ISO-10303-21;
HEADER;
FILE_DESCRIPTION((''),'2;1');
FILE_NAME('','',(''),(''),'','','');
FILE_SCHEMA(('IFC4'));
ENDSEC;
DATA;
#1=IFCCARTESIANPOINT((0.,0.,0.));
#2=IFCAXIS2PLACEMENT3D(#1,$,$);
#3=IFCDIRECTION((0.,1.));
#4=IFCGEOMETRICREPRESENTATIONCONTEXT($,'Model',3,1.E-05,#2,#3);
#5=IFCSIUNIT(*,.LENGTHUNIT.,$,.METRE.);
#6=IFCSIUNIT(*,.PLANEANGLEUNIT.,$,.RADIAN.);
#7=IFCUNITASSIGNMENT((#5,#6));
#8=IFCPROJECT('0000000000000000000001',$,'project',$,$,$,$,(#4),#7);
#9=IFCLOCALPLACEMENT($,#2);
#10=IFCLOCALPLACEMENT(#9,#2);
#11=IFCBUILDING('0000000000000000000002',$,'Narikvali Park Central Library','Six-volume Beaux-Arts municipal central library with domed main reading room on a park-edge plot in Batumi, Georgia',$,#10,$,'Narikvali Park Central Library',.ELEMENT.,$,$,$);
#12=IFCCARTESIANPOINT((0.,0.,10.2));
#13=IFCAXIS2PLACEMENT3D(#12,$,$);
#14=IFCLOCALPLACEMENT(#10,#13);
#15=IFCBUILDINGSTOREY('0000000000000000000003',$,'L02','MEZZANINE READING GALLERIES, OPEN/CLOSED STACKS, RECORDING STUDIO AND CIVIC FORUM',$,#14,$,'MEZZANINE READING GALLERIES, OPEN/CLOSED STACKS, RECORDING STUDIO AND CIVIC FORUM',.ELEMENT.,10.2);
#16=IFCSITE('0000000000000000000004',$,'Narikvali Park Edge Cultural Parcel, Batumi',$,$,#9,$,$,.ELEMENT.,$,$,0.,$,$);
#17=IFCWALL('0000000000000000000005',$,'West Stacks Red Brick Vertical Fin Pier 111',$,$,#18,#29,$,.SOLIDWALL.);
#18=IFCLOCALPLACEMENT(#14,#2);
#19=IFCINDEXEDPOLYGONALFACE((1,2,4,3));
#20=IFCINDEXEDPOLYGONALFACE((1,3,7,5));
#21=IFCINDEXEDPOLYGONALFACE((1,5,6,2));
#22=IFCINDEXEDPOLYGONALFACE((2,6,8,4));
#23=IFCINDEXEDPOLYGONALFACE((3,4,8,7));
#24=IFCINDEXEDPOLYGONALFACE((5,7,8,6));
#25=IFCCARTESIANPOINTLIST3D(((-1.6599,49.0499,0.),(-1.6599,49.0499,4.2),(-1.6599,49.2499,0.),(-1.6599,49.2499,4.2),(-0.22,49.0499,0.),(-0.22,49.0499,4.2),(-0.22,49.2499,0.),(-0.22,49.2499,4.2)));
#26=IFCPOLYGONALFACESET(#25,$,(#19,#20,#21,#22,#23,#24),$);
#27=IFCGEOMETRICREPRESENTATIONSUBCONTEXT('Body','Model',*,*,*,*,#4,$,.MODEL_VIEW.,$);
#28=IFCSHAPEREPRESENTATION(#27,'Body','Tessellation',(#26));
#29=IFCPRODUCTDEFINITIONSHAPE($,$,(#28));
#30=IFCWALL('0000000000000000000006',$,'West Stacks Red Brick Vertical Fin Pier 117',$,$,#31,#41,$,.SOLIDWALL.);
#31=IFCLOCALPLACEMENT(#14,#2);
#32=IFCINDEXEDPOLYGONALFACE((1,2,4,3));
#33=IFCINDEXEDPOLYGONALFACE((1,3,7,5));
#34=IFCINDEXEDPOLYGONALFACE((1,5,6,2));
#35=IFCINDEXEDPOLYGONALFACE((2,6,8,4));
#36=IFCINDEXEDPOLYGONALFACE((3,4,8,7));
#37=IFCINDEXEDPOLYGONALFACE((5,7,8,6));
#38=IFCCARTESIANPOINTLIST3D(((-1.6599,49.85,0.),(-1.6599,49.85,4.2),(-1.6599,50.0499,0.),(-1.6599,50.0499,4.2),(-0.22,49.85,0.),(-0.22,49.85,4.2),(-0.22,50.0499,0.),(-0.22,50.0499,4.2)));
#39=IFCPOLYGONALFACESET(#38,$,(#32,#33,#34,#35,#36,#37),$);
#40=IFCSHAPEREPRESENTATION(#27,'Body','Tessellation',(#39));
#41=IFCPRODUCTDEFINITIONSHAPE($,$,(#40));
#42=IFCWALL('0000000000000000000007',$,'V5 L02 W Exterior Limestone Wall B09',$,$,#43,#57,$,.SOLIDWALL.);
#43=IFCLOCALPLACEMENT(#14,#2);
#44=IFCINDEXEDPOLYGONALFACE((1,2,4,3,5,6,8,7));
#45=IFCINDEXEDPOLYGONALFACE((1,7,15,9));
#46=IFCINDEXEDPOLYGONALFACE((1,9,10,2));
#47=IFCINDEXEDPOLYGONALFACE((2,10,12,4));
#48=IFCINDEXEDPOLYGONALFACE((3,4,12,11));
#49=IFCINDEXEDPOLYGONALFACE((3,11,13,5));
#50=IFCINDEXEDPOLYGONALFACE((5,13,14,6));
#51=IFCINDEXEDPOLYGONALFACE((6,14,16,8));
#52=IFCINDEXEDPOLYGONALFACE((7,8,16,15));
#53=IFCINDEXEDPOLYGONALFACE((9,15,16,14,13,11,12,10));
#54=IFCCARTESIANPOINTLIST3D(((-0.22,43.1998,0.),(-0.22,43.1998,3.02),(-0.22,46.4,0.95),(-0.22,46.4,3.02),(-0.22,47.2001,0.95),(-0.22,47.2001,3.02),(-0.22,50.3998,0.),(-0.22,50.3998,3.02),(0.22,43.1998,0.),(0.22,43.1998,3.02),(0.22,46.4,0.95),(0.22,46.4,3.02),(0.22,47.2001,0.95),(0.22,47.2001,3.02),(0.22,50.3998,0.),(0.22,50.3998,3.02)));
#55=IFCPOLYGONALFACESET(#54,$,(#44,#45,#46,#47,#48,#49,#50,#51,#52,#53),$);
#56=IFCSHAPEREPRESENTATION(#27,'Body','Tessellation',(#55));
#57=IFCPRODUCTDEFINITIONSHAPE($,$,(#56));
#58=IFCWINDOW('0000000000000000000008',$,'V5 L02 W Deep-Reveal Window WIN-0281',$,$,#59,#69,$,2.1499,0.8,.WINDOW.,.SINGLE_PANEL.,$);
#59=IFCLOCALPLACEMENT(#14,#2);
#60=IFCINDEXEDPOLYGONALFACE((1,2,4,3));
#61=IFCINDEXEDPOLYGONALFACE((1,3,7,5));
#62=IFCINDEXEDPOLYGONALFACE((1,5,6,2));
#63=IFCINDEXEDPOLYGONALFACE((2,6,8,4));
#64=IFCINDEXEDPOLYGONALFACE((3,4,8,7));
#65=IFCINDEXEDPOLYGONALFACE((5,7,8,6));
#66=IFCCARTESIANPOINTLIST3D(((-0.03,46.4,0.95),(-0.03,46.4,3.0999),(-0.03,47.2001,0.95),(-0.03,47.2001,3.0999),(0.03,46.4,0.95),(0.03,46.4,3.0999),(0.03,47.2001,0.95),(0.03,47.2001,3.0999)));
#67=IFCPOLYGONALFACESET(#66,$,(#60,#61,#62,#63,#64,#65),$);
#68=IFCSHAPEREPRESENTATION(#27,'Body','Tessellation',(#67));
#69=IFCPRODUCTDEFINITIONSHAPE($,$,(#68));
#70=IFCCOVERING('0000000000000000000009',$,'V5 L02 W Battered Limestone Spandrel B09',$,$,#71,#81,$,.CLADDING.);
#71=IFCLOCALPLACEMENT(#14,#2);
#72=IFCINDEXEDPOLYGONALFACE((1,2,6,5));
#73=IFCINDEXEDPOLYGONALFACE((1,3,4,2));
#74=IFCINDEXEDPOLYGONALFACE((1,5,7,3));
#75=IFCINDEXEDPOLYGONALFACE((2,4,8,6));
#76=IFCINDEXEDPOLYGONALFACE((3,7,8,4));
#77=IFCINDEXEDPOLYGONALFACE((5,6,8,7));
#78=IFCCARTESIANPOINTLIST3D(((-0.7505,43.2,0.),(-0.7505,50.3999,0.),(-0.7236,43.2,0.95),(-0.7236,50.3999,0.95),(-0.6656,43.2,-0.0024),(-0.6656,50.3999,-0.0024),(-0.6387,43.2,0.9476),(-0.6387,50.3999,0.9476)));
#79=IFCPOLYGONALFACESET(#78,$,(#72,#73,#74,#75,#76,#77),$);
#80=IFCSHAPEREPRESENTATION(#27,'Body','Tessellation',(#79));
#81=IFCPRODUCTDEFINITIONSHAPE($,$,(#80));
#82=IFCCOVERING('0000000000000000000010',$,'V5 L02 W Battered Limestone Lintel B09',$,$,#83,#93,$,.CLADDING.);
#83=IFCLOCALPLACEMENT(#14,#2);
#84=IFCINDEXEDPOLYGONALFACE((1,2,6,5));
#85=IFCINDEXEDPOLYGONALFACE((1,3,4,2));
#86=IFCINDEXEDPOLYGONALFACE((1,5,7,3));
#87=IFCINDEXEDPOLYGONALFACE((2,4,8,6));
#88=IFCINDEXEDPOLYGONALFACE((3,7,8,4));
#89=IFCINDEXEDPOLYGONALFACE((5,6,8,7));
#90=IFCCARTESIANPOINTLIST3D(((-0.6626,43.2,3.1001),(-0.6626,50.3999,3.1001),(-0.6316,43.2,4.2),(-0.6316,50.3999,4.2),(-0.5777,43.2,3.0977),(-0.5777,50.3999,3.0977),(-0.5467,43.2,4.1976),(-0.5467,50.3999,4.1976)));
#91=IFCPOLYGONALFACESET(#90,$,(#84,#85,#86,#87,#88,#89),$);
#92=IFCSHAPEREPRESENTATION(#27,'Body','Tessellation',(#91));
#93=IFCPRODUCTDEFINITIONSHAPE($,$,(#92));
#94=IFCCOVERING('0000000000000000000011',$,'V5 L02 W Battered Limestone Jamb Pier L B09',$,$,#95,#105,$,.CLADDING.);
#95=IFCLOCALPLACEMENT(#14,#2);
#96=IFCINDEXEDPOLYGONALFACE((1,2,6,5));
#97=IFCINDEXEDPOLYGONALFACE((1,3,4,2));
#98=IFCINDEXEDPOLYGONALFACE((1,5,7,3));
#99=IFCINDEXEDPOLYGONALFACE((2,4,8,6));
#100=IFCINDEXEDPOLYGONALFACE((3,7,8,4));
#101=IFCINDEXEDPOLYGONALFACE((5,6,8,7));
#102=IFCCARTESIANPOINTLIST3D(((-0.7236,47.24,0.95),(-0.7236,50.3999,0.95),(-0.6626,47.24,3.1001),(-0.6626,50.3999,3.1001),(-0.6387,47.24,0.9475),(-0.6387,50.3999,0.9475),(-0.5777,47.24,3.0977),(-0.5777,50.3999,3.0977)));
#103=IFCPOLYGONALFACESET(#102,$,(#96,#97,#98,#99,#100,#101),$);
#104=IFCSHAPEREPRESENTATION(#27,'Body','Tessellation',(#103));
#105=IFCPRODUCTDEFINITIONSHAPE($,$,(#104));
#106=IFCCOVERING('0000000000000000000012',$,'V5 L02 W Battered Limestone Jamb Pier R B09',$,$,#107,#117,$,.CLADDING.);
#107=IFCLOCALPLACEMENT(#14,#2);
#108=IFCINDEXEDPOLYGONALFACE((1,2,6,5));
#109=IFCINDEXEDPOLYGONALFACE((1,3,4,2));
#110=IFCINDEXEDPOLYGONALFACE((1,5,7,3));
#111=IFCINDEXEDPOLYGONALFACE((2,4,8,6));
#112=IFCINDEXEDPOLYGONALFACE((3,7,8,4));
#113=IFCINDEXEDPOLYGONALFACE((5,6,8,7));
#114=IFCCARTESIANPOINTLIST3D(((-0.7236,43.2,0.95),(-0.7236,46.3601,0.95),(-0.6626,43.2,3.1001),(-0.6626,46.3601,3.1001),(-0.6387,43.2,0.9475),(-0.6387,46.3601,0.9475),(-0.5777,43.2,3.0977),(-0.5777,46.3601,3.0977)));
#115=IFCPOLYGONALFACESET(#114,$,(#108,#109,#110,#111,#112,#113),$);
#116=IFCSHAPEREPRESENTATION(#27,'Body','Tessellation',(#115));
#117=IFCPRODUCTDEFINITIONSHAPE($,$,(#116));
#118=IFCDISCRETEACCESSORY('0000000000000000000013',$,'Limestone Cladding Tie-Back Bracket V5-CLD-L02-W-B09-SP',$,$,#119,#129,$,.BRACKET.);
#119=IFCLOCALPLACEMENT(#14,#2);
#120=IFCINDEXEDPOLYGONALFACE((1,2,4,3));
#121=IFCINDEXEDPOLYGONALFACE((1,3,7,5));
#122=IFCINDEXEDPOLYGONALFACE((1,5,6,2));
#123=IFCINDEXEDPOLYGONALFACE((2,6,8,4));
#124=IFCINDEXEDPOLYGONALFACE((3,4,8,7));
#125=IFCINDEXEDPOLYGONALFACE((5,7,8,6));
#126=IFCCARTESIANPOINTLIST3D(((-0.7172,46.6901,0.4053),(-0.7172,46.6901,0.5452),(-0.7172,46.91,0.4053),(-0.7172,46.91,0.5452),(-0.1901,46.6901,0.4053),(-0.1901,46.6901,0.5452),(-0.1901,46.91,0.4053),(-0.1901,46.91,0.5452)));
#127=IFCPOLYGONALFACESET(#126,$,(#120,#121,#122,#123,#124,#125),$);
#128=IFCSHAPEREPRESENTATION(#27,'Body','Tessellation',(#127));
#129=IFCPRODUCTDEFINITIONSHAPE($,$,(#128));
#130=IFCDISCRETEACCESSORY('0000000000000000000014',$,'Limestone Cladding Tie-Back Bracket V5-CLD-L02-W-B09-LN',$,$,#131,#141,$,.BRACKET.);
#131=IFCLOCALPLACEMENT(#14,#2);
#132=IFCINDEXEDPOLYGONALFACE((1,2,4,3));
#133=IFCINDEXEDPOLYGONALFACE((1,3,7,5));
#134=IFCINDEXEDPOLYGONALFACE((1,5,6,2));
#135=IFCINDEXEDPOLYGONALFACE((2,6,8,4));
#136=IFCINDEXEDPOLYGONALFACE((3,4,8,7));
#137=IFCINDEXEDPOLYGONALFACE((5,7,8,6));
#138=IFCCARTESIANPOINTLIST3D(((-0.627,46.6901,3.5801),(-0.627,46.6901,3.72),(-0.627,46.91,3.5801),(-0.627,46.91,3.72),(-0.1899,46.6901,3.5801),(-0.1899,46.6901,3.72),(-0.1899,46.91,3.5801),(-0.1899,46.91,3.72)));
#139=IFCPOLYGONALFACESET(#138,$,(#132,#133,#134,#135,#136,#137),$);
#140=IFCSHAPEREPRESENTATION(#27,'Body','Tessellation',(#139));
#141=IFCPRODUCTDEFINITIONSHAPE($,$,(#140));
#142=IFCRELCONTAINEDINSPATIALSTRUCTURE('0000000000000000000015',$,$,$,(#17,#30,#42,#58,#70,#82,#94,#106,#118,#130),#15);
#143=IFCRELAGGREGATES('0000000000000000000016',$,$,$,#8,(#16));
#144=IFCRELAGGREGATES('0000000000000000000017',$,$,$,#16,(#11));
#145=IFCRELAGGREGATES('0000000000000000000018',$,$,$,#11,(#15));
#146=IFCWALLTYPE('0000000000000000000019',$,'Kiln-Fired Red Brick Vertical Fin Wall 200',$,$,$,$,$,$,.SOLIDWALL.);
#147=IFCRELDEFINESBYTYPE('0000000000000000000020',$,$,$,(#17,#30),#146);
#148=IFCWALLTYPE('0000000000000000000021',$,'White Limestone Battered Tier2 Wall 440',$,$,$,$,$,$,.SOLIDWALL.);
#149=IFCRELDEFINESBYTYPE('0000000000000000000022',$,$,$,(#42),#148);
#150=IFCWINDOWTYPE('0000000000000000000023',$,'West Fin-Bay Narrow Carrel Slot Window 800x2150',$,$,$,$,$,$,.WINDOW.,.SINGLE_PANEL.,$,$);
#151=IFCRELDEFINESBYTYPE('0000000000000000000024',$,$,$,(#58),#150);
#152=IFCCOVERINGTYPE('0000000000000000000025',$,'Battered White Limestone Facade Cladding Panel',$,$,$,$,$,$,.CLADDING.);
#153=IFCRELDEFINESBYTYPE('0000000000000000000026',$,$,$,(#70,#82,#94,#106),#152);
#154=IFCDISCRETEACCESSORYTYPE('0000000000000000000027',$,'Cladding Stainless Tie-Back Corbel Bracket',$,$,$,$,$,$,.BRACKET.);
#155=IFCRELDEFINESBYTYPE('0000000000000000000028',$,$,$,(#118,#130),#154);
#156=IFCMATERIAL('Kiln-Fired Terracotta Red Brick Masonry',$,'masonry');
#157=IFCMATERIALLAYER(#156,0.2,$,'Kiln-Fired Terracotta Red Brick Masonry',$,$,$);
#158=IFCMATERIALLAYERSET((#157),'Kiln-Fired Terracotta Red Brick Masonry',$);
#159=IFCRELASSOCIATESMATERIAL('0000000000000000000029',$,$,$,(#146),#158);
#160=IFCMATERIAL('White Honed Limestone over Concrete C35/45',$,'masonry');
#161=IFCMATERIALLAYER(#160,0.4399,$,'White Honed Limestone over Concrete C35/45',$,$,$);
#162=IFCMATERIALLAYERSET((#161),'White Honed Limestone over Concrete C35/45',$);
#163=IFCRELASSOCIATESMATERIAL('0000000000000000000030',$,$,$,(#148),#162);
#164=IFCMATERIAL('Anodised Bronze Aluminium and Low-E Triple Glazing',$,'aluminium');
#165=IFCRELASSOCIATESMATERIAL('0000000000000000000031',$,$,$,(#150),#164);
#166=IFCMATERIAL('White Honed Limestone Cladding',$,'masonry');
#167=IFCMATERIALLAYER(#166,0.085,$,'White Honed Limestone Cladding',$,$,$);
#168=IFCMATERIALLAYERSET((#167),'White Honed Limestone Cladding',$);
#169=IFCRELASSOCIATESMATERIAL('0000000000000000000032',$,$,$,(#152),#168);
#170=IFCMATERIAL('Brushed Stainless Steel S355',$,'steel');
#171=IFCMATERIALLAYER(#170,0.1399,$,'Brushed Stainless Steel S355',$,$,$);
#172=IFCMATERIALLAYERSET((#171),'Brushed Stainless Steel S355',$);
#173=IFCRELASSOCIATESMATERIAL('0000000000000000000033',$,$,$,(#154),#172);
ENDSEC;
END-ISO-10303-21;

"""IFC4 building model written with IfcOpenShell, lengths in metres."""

from ifc_helpers import new_model, si_unit, direction, frame, frame_2d, origin, origin_2d, place, context, subcontext, project, spatial, polyline, rectangle, outline, extrude, material, layer, layer_set, type_object, element, fill, save


model = new_model("IFC4")

# Units and contexts
model_context = context("Model", 3, precision=1e-05, world=origin(), true_north=direction((0.0, 1.0)))
body_context = subcontext(model_context, "Body", "Model", "MODEL_VIEW")
ifc_project = project(units=[si_unit("LENGTHUNIT", "METRE"), si_unit("PLANEANGLEUNIT", "RADIAN")], contexts=[model_context])

# Site, building, storey
site_placement = place(None, origin())
site = spatial("IfcSite", under=ifc_project, at=site_placement, Name="Narikvali Park Edge Cultural Parcel, Batumi", CompositionType="ELEMENT", RefElevation=0.0)
building_placement = place(site_placement, origin())
building = spatial("IfcBuilding", under=site, at=building_placement, Name="Narikvali Park Central Library", Description="Six-volume Beaux-Arts municipal central library with domed main reading room on a park-edge plot in Batumi, Georgia", LongName="Narikvali Park Central Library", CompositionType="ELEMENT")
storey_placement = place(building_placement, frame((0.0, 0.0, 10.2)))
storey = spatial("IfcBuildingStorey", under=building, at=storey_placement, Name="L02", Description="MEZZANINE READING GALLERIES, OPEN/CLOSED STACKS, RECORDING STUDIO AND CIVIC FORUM", LongName="MEZZANINE READING GALLERIES, OPEN/CLOSED STACKS, RECORDING STUDIO AND CIVIC FORUM", CompositionType="ELEMENT", Elevation=10.2)

# Walls
ifc_material_1 = material(Name="Kiln-Fired Terracotta Red Brick Masonry", Category="masonry")
ifc_layer_1 = layer(ifc_material_1, 0.2, Name="Kiln-Fired Terracotta Red Brick Masonry")
ifc_layer_set_1 = layer_set([ifc_layer_1], Name="Kiln-Fired Terracotta Red Brick Masonry")
wall_type_1 = type_object("IfcWallType", Name="Kiln-Fired Red Brick Vertical Fin Wall 200", PredefinedType="SOLIDWALL", material=ifc_layer_set_1)
for number, where, z_axis, x_axis, name in (
    (1, (-1.6599, 49.1499, 0.0), (0.0, 0.0, 1.0), (1.0, 0.0, 0.0), "West Stacks Red Brick Vertical Fin Pier 111"),
    (2, (-1.6599, 49.95, 0.0), (0.0, 0.0, 1.0), (1.0, 0.0, 0.0), "West Stacks Red Brick Vertical Fin Pier 117"),
):
    element("IfcWall", number, at=place(storey_placement, frame(where, z_axis=z_axis, x_axis=x_axis)), inside=storey, type_object=wall_type_1, Name=name, PredefinedType="SOLIDWALL", context=body_context, shape_type="SweptSolid", body=[
        extrude(rectangle(XDim=1.4399, YDim=0.2, at=frame_2d((0.72, 0.0))), origin(), (0.0, 0.0, 1.0), 4.2),
    ])

# Wall, opening, window
ifc_material_2 = material(Name="White Honed Limestone over Concrete C35/45", Category="masonry")
ifc_layer_2 = layer(ifc_material_2, 0.4399, Name="White Honed Limestone over Concrete C35/45")
ifc_layer_set_2 = layer_set([ifc_layer_2], Name="White Honed Limestone over Concrete C35/45")
wall_type_2 = type_object("IfcWallType", Name="White Limestone Battered Tier2 Wall 440", PredefinedType="SOLIDWALL", material=ifc_layer_set_2)
wall_placement = place(storey_placement, frame((0.0, 50.3999, 0.0), z_axis=(0.0, 0.0, 1.0), x_axis=(0.0, -1.0, 0.0)))
wall = element("IfcWall", 3, at=wall_placement, inside=storey, type_object=wall_type_2, Name="V5 L02 W Exterior Limestone Wall B09", PredefinedType="SOLIDWALL", context=body_context, shape_type="SweptSolid", body=[
    extrude(rectangle(XDim=7.2, YDim=0.4399, at=frame_2d((3.6001, 0.0))), origin(), (0.0, 0.0, 1.0), 3.02),
])
opening_placement = place(wall_placement, frame((3.2, 0.0, 0.95)))
opening = element("IfcOpeningElement", 4, at=opening_placement, cuts=wall, PredefinedType="OPENING", context=body_context, shape_type="SweptSolid", body=[
    extrude(rectangle(XDim=0.8, YDim=2.1499, at=frame_2d((0.3999, 1.075))), frame((0.0, 0.2319, 0.0), z_axis=(0.0, -1.0, 0.0), x_axis=(1.0, 0.0, 0.0)), (0.0, 0.0, 1.0), 0.4639),
])
ifc_material_3 = material(Name="Anodised Bronze Aluminium and Low-E Triple Glazing", Category="aluminium")
window_type = type_object("IfcWindowType", Name="West Fin-Bay Narrow Carrel Slot Window 800x2150", PartitioningType="SINGLE_PANEL", PredefinedType="WINDOW", material=ifc_material_3)
window_placement = place(opening_placement, origin())
window = element("IfcWindow", 5, at=window_placement, inside=storey, type_object=window_type, Name="V5 L02 W Deep-Reveal Window WIN-0281", OverallHeight=2.1499, OverallWidth=0.8, PartitioningType="SINGLE_PANEL", PredefinedType="WINDOW", context=body_context, shape_type="SweptSolid", body=[
    extrude(rectangle(XDim=0.8, YDim=2.1499, at=frame_2d((0.3999, 1.075))), frame((0.0, 0.03, 0.0), z_axis=(0.0, -1.0, 0.0), x_axis=(1.0, 0.0, 0.0)), (0.0, 0.0, 1.0), 0.0601),
])
fill(opening, window)

# Coverings
ifc_material_4 = material(Name="White Honed Limestone Cladding", Category="masonry")
ifc_layer_3 = layer(ifc_material_4, 0.085, Name="White Honed Limestone Cladding")
ifc_layer_set_3 = layer_set([ifc_layer_3], Name="White Honed Limestone Cladding")
covering_type = type_object("IfcCoveringType", Name="Battered White Limestone Facade Cladding Panel", PredefinedType="CLADDING", material=ifc_layer_set_3)
covering_1_placement = place(storey_placement, frame((-0.7505, 50.3999, 0.0), z_axis=(-0.999601, 0.0, 0.028259), x_axis=(0.0, -1.0, 0.0)))
element("IfcCovering", 6, at=covering_1_placement, inside=storey, type_object=covering_type, Name="V5 L02 W Battered Limestone Spandrel B09", PredefinedType="CLADDING", context=body_context, shape_type="SweptSolid", body=[
    extrude(outline(polyline([(0.0, 0.0), (7.2, 0.0), (7.2, 0.9503), (0.0, 0.9503), (0.0, 0.0)])), origin(), (0.0, 0.0, -1.0), 0.085),
])
covering_2_placement = place(storey_placement, frame((-0.6626, 50.3999, 3.1001), z_axis=(-0.999603, 0.0, 0.02818), x_axis=(0.0, -1.0, 0.0)))
element("IfcCovering", 7, at=covering_2_placement, inside=storey, type_object=covering_type, Name="V5 L02 W Battered Limestone Lintel B09", PredefinedType="CLADDING", context=body_context, shape_type="SweptSolid", body=[
    extrude(outline(polyline([(0.0, 0.0), (7.2, 0.0), (7.2, 1.1003), (0.0, 1.1003), (0.0, 0.0)])), origin(), (0.0, 0.0, -1.0), 0.085),
])
covering_3_placement = place(storey_placement, frame((-0.7236, 50.3999, 0.95), z_axis=(-0.999597, 0.0, 0.028375), x_axis=(0.0, -1.0, 0.0)))
element("IfcCovering", 8, at=covering_3_placement, inside=storey, type_object=covering_type, Name="V5 L02 W Battered Limestone Jamb Pier L B09", PredefinedType="CLADDING", context=body_context, shape_type="SweptSolid", body=[
    extrude(outline(polyline([(0.0, 0.0), (3.1599, 0.0), (3.1599, 2.151), (0.0, 2.151), (0.0, 0.0)])), origin(), (0.0, 0.0, -1.0), 0.085),
])
covering_4_placement = place(storey_placement, frame((-0.7236, 46.3601, 0.95), z_axis=(-0.999597, 0.0, 0.028375), x_axis=(0.0, -1.0, 0.0)))
element("IfcCovering", 9, at=covering_4_placement, inside=storey, type_object=covering_type, Name="V5 L02 W Battered Limestone Jamb Pier R B09", PredefinedType="CLADDING", context=body_context, shape_type="SweptSolid", body=[
    extrude(outline(polyline([(0.0, 0.0), (3.1602, 0.0), (3.1602, 2.151), (0.0, 2.151), (0.0, 0.0)])), origin(), (0.0, 0.0, -1.0), 0.085),
])

# Discrete accessories
ifc_material_5 = material(Name="Brushed Stainless Steel S355", Category="steel")
ifc_layer_4 = layer(ifc_material_5, 0.1399, Name="Brushed Stainless Steel S355")
ifc_layer_set_4 = layer_set([ifc_layer_4], Name="Brushed Stainless Steel S355")
discrete_accessory_type = type_object("IfcDiscreteAccessoryType", Name="Cladding Stainless Tie-Back Corbel Bracket", PredefinedType="BRACKET", material=ifc_layer_set_4)
discrete_accessory_1_placement = place(storey_placement, frame((-0.4536, 46.8, 0.4053), z_axis=(0.0, 0.0, 1.0), x_axis=(1.0, 0.0, 0.0)))
element("IfcDiscreteAccessory", 10, at=discrete_accessory_1_placement, inside=storey, type_object=discrete_accessory_type, Name="Limestone Cladding Tie-Back Bracket V5-CLD-L02-W-B09-SP", PredefinedType="BRACKET", context=body_context, shape_type="SweptSolid", body=[
    extrude(rectangle(XDim=0.5271, YDim=0.22, at=origin_2d()), origin(), (0.0, 0.0, 1.0), 0.1399),
])
discrete_accessory_2_placement = place(storey_placement, frame((-0.4084, 46.8, 3.5801), z_axis=(0.0, 0.0, 1.0), x_axis=(1.0, 0.0, 0.0)))
element("IfcDiscreteAccessory", 11, at=discrete_accessory_2_placement, inside=storey, type_object=discrete_accessory_type, Name="Limestone Cladding Tie-Back Bracket V5-CLD-L02-W-B09-LN", PredefinedType="BRACKET", context=body_context, shape_type="SweptSolid", body=[
    extrude(rectangle(XDim=0.437, YDim=0.22, at=origin_2d()), origin(), (0.0, 0.0, 1.0), 0.1399),
])

save(model, "model.ifc")
